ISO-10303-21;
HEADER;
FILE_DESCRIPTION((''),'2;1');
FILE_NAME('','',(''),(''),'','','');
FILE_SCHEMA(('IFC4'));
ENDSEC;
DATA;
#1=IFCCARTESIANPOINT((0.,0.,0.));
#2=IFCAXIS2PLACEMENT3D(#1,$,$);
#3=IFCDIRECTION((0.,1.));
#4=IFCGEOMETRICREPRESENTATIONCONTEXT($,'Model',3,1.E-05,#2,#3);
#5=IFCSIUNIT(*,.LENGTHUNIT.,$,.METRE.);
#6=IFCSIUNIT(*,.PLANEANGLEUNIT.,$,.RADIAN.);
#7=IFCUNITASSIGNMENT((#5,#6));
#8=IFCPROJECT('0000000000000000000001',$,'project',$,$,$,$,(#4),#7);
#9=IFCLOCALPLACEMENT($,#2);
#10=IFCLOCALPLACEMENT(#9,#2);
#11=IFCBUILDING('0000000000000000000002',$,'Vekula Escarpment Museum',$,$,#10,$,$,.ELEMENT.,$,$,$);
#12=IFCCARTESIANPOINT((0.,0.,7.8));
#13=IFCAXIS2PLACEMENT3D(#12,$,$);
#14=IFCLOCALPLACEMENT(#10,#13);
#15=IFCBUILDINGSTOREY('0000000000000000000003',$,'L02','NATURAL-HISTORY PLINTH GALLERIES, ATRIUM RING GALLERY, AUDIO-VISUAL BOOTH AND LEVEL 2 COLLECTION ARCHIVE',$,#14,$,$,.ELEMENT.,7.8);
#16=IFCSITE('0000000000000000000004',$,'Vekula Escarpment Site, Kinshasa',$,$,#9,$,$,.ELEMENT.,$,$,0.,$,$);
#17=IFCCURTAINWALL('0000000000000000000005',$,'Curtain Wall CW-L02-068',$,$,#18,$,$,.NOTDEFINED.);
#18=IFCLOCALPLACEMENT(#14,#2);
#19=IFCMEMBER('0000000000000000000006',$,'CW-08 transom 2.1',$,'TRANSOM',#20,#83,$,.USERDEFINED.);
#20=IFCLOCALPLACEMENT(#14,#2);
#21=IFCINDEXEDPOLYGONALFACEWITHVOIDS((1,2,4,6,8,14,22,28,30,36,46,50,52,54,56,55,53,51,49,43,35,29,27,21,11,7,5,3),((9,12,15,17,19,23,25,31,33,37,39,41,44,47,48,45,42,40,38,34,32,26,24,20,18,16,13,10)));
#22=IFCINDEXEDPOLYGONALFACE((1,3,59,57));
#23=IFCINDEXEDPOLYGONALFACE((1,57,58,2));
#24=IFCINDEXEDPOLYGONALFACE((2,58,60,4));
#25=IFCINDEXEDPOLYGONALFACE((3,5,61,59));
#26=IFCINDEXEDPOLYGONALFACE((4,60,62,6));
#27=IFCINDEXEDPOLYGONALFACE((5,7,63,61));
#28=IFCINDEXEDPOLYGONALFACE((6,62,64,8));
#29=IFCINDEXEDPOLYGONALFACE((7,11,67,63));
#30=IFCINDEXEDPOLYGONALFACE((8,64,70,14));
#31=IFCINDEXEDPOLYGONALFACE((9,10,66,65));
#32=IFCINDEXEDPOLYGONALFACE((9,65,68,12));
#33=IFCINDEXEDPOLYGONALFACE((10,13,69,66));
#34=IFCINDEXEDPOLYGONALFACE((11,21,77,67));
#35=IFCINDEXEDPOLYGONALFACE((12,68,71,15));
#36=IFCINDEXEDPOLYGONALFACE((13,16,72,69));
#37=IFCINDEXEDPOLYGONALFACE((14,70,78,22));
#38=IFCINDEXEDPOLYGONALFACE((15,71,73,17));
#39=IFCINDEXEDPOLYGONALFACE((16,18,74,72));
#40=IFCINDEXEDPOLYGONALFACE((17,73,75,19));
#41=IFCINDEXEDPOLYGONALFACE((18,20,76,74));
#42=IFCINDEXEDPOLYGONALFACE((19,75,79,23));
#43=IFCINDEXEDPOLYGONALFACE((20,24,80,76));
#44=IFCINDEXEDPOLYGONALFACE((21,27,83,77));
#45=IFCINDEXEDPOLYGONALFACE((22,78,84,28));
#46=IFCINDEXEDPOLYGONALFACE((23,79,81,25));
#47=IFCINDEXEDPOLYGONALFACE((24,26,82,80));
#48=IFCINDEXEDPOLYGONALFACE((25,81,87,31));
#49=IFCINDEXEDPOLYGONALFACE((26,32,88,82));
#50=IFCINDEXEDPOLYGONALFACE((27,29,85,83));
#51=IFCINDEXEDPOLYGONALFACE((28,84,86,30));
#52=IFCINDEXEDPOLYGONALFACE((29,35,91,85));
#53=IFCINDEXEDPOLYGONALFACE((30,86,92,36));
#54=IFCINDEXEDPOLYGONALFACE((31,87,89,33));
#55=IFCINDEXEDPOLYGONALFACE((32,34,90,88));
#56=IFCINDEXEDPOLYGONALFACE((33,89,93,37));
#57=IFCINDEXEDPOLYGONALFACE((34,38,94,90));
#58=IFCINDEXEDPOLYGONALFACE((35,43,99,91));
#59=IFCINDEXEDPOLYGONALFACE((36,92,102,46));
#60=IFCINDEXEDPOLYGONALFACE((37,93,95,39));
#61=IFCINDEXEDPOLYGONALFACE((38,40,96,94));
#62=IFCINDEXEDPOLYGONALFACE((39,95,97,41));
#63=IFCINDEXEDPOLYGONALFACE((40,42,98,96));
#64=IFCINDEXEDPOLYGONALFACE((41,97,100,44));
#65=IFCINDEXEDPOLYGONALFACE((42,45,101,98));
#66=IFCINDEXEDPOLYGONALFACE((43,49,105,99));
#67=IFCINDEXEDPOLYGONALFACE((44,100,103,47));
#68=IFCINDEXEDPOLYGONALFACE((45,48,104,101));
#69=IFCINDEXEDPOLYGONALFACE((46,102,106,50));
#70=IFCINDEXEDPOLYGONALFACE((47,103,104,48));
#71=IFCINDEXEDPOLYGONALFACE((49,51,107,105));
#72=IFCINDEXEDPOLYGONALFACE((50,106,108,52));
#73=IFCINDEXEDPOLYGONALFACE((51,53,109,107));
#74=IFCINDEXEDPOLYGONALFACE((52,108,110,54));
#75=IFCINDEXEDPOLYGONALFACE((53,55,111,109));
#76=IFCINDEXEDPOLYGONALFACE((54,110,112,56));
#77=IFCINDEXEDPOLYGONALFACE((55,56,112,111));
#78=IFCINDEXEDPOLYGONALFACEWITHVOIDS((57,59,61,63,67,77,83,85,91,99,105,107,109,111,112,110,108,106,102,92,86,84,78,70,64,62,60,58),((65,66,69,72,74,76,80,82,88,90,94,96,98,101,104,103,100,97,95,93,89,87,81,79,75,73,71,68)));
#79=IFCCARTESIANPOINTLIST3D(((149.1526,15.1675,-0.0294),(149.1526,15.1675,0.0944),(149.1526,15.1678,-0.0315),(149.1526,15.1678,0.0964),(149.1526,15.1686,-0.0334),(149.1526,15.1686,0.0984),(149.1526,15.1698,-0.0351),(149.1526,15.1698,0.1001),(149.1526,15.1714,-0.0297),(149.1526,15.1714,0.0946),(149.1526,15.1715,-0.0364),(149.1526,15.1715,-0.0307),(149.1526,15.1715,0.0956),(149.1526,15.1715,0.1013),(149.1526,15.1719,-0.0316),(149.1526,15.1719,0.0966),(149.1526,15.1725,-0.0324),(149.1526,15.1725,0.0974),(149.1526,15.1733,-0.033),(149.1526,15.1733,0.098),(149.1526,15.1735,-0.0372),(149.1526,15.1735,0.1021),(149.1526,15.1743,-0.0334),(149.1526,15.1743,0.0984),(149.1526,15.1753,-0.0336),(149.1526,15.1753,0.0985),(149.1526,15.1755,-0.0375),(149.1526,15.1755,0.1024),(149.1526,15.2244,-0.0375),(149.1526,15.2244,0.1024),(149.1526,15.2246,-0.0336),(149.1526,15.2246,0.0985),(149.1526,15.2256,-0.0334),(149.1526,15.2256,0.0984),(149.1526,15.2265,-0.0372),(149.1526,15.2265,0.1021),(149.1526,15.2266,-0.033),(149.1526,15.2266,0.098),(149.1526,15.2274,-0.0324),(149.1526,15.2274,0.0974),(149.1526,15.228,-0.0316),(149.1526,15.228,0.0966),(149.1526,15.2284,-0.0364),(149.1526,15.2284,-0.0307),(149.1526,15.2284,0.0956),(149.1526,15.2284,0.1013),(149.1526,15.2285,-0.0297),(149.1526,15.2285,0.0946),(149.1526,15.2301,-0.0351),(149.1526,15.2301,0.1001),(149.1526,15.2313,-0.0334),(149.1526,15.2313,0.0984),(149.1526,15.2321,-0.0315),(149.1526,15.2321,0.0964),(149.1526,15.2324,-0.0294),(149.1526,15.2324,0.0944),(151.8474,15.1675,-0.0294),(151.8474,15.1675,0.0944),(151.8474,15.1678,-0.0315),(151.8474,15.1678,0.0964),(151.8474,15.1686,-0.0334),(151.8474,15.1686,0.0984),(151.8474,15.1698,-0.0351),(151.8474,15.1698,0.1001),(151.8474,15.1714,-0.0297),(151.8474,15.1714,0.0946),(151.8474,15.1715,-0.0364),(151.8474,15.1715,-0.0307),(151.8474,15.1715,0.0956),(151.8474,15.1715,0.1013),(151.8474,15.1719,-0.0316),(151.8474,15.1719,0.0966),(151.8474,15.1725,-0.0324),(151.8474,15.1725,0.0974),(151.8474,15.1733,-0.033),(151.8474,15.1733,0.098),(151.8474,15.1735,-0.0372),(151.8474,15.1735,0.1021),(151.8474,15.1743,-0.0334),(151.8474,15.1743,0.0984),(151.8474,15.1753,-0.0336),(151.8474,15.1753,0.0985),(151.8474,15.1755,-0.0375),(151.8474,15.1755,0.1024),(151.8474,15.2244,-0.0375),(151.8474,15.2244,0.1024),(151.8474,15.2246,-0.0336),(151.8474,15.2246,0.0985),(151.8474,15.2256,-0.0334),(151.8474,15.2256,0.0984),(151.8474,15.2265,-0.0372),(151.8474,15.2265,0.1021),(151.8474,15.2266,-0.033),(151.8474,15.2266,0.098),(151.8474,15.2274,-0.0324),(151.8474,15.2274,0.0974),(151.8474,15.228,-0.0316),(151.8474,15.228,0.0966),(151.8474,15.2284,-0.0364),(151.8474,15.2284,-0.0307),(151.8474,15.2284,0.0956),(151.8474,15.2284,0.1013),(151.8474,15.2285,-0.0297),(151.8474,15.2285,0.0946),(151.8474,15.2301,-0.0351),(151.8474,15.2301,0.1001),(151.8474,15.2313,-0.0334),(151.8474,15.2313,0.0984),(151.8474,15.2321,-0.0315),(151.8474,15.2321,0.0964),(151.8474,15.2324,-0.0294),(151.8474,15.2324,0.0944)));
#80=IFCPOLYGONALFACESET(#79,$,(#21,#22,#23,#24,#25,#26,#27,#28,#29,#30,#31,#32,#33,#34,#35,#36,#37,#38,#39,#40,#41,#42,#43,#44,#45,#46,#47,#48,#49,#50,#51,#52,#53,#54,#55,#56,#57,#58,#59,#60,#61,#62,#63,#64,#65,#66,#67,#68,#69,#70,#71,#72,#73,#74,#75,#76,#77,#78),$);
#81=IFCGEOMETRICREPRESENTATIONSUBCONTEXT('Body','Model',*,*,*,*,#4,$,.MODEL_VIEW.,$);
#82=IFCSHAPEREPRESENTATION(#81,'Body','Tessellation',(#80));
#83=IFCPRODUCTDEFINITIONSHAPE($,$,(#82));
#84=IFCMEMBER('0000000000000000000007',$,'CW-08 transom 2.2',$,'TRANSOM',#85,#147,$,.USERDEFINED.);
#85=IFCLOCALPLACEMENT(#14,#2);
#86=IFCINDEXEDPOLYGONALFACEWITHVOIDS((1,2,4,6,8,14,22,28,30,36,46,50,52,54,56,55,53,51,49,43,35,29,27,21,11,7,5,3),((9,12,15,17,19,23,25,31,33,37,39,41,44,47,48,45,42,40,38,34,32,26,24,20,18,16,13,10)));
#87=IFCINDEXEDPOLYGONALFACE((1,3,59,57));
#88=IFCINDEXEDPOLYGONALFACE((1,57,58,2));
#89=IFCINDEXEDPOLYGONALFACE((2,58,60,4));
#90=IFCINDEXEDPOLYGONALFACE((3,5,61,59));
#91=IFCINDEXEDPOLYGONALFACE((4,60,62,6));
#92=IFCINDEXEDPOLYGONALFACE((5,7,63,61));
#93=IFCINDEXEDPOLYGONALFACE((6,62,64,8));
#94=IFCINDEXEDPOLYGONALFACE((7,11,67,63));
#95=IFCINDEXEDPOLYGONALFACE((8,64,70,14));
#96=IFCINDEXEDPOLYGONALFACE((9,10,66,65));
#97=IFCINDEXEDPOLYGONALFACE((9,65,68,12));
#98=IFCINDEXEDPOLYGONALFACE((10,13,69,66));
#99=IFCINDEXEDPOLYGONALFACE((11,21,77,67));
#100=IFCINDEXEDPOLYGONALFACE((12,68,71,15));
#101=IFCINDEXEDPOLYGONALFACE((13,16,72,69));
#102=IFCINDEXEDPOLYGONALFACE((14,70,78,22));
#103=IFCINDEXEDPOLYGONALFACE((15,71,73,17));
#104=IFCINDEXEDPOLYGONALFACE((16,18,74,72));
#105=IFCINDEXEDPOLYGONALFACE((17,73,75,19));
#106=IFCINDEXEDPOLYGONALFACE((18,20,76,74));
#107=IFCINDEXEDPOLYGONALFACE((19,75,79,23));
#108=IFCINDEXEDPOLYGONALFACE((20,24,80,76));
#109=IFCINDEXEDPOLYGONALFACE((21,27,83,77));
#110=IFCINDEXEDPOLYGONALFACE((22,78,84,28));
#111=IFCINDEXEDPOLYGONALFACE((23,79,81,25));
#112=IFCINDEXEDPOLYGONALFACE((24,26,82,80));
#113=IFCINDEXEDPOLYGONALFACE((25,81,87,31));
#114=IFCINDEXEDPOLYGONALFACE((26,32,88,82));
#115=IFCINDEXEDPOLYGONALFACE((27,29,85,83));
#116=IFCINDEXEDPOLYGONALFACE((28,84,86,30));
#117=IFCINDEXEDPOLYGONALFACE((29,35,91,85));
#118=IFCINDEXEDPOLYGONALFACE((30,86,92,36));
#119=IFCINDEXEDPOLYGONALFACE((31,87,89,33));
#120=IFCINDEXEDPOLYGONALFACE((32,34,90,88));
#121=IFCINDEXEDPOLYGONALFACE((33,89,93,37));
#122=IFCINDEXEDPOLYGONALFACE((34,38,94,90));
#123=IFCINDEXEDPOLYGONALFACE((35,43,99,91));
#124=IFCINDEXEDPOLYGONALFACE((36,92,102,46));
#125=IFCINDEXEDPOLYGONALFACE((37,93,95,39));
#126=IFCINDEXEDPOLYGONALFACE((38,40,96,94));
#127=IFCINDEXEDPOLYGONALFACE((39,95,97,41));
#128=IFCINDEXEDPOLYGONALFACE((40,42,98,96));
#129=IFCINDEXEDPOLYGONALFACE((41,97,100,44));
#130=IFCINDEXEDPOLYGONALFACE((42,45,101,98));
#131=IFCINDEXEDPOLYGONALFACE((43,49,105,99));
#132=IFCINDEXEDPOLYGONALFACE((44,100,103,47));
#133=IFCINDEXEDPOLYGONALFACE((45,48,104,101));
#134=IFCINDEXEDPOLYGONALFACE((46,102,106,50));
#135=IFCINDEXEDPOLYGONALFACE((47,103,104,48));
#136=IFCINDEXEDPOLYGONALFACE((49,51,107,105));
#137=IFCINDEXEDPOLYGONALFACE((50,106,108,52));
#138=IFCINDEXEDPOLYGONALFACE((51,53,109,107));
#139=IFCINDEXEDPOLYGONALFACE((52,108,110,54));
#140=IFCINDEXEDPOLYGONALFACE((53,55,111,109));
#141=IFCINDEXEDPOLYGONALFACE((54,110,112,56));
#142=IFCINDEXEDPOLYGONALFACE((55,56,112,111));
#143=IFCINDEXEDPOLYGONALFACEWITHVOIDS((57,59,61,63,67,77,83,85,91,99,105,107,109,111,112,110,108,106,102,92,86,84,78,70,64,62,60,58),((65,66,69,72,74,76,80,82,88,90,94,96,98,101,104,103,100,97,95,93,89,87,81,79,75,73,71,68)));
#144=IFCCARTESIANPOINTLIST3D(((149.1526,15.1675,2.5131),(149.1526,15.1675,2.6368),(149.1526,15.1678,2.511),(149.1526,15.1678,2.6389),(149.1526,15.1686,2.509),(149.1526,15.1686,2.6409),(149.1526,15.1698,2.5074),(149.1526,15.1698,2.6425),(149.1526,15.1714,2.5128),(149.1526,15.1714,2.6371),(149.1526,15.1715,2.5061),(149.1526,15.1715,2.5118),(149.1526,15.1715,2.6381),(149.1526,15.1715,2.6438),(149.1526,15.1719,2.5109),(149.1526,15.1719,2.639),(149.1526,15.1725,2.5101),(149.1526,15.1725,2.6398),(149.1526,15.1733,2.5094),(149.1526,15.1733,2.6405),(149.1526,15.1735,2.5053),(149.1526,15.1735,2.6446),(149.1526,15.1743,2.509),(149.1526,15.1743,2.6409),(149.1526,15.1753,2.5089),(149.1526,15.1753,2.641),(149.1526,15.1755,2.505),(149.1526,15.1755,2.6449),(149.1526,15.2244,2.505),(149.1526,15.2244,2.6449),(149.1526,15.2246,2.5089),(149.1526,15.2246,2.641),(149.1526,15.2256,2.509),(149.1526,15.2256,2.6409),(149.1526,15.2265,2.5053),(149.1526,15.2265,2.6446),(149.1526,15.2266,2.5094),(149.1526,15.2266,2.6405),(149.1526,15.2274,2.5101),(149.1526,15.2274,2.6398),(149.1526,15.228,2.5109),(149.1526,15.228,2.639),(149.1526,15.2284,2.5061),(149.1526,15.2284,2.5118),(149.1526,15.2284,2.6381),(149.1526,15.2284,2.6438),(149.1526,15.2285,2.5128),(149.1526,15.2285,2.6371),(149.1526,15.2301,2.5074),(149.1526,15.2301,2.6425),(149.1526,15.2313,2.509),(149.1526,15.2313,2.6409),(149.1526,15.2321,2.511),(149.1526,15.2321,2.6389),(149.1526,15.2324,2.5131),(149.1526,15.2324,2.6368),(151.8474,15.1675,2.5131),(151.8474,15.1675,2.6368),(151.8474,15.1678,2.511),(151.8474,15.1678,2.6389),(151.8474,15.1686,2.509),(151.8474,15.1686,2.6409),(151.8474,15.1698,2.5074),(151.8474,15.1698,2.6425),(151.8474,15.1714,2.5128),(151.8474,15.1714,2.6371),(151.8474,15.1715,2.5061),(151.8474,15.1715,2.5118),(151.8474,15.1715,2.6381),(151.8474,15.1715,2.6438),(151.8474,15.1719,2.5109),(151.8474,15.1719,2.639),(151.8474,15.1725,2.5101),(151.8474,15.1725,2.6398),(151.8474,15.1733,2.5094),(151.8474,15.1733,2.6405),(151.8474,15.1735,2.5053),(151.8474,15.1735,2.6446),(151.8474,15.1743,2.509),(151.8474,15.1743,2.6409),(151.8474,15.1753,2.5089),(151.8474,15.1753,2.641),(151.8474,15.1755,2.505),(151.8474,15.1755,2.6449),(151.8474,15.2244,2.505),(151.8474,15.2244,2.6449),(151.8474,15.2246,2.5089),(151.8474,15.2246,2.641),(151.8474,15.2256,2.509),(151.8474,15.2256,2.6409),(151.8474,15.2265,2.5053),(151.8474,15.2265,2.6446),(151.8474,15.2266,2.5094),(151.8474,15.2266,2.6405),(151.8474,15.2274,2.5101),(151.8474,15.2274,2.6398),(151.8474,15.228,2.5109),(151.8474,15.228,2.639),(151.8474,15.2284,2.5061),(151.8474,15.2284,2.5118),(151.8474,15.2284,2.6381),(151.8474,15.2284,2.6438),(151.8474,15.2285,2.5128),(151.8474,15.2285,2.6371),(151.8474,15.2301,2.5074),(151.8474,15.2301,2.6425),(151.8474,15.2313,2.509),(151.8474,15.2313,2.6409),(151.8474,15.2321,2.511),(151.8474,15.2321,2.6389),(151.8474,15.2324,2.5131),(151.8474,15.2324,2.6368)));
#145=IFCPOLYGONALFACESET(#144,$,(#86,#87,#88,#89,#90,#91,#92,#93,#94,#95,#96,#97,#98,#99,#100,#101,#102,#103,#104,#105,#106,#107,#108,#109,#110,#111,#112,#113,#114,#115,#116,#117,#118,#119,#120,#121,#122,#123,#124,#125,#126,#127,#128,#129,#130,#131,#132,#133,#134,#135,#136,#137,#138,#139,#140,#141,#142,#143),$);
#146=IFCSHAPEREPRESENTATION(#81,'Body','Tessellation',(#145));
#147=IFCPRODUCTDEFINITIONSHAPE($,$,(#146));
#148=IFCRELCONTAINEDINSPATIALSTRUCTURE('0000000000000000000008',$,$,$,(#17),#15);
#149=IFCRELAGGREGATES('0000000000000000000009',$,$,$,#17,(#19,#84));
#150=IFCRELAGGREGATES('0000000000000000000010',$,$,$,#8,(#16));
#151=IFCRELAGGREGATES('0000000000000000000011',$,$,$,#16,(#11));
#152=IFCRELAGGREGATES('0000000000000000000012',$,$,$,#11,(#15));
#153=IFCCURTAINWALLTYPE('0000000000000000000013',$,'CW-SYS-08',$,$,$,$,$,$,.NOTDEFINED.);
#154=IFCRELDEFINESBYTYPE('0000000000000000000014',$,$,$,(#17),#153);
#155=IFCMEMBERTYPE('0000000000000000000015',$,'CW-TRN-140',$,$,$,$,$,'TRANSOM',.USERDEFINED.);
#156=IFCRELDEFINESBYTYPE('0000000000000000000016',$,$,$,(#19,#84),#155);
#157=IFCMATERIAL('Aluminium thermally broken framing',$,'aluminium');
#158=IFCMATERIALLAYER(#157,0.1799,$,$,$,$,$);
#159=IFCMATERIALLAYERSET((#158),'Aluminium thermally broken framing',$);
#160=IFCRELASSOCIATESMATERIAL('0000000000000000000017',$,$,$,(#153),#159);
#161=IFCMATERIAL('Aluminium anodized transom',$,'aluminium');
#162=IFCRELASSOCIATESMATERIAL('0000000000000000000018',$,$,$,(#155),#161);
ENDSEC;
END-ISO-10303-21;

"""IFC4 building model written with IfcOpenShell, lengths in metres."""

from ifc_helpers import new_model, si_unit, direction, frame, origin, origin_2d, place, context, subcontext, project, spatial, hollow_rectangle, extrude, material, layer, layer_set, material_profile, profile_set, type_object, element, aggregate, save


model = new_model("IFC4")

# Units and contexts
model_context = context("Model", 3, precision=1e-05, world=origin(), true_north=direction((0.0, 1.0)))
body_context = subcontext(model_context, "Body", "Model", "MODEL_VIEW")
ifc_project = project(units=[si_unit("LENGTHUNIT", "METRE"), si_unit("PLANEANGLEUNIT", "RADIAN")], contexts=[model_context])

# Site, building, storey
site_placement = place(None, origin())
site = spatial("IfcSite", under=ifc_project, at=site_placement, Name="Vekula Escarpment Site, Kinshasa", CompositionType="ELEMENT", RefElevation=0.0)
building_placement = place(site_placement, origin())
building = spatial("IfcBuilding", under=site, at=building_placement, Name="Vekula Escarpment Museum", CompositionType="ELEMENT")
storey_placement = place(building_placement, frame((0.0, 0.0, 7.8)))
storey = spatial("IfcBuildingStorey", under=building, at=storey_placement, Name="L02", Description="NATURAL-HISTORY PLINTH GALLERIES, ATRIUM RING GALLERY, AUDIO-VISUAL BOOTH AND LEVEL 2 COLLECTION ARCHIVE", CompositionType="ELEMENT", Elevation=7.8)

# Curtain wall, members
ifc_material_1 = material(Name="Aluminium thermally broken framing", Category="aluminium")
ifc_layer_1 = layer(ifc_material_1, 0.1799)
ifc_layer_set_1 = layer_set([ifc_layer_1], Name="Aluminium thermally broken framing")
curtain_wall_type = type_object("IfcCurtainWallType", Name="CW-SYS-08", PredefinedType="NOTDEFINED", material=ifc_layer_set_1)
curtain_wall_placement = place(storey_placement, origin())
curtain_wall = element("IfcCurtainWall", 1, at=curtain_wall_placement, inside=storey, type_object=curtain_wall_type, Name="Curtain Wall CW-L02-068", PredefinedType="NOTDEFINED")
ifc_material_2 = material(Name="Aluminium anodized transom", Category="aluminium")
ifc_material_profile_1 = material_profile(ifc_material_2, hollow_rectangle(XDim=0.0649, YDim=0.1399, WallThickness=0.0039, InnerFilletRadius=0.0039, OuterFilletRadius=0.0081, at=origin_2d()), Name="ALU 140x65x4")
ifc_profile_set_1 = profile_set([ifc_material_profile_1], Name="Aluminium anodized transom")
member_type_1 = type_object("IfcMemberType", Name="CW-TRN-140", ElementType="TRANSOM", PredefinedType="USERDEFINED", material=ifc_profile_set_1)
member_1_placement = place(storey_placement, frame((151.8474, 15.2, 0.0325), z_axis=(-1.0, 0.0, 0.0), x_axis=(0.0, -1.0, 0.0)))
member_1 = element("IfcMember", 2, at=member_1_placement, type_object=member_type_1, Name="CW-08 transom 2.1", ObjectType="TRANSOM", PredefinedType="USERDEFINED", context=body_context, shape_type="SweptSolid", body=[
    extrude(hollow_rectangle(XDim=0.0649, YDim=0.1399, WallThickness=0.0039, InnerFilletRadius=0.0039, OuterFilletRadius=0.0081, at=origin_2d()), origin(), (0.0, 0.0, 1.0), 2.6948),
])
member_2_placement = place(storey_placement, frame((151.8474, 15.2, 2.575), z_axis=(-1.0, 0.0, 0.0), x_axis=(0.0, -1.0, 0.0)))
member_2 = element("IfcMember", 3, at=member_2_placement, type_object=member_type_1, Name="CW-08 transom 2.2", ObjectType="TRANSOM", PredefinedType="USERDEFINED", context=body_context, shape_type="SweptSolid", body=[
    extrude(hollow_rectangle(XDim=0.0649, YDim=0.1399, WallThickness=0.0039, InnerFilletRadius=0.0039, OuterFilletRadius=0.0081, at=origin_2d()), origin(), (0.0, 0.0, 1.0), 2.6948),
])
aggregate(curtain_wall, [member_1, member_2])

save(model, "model.ifc")
